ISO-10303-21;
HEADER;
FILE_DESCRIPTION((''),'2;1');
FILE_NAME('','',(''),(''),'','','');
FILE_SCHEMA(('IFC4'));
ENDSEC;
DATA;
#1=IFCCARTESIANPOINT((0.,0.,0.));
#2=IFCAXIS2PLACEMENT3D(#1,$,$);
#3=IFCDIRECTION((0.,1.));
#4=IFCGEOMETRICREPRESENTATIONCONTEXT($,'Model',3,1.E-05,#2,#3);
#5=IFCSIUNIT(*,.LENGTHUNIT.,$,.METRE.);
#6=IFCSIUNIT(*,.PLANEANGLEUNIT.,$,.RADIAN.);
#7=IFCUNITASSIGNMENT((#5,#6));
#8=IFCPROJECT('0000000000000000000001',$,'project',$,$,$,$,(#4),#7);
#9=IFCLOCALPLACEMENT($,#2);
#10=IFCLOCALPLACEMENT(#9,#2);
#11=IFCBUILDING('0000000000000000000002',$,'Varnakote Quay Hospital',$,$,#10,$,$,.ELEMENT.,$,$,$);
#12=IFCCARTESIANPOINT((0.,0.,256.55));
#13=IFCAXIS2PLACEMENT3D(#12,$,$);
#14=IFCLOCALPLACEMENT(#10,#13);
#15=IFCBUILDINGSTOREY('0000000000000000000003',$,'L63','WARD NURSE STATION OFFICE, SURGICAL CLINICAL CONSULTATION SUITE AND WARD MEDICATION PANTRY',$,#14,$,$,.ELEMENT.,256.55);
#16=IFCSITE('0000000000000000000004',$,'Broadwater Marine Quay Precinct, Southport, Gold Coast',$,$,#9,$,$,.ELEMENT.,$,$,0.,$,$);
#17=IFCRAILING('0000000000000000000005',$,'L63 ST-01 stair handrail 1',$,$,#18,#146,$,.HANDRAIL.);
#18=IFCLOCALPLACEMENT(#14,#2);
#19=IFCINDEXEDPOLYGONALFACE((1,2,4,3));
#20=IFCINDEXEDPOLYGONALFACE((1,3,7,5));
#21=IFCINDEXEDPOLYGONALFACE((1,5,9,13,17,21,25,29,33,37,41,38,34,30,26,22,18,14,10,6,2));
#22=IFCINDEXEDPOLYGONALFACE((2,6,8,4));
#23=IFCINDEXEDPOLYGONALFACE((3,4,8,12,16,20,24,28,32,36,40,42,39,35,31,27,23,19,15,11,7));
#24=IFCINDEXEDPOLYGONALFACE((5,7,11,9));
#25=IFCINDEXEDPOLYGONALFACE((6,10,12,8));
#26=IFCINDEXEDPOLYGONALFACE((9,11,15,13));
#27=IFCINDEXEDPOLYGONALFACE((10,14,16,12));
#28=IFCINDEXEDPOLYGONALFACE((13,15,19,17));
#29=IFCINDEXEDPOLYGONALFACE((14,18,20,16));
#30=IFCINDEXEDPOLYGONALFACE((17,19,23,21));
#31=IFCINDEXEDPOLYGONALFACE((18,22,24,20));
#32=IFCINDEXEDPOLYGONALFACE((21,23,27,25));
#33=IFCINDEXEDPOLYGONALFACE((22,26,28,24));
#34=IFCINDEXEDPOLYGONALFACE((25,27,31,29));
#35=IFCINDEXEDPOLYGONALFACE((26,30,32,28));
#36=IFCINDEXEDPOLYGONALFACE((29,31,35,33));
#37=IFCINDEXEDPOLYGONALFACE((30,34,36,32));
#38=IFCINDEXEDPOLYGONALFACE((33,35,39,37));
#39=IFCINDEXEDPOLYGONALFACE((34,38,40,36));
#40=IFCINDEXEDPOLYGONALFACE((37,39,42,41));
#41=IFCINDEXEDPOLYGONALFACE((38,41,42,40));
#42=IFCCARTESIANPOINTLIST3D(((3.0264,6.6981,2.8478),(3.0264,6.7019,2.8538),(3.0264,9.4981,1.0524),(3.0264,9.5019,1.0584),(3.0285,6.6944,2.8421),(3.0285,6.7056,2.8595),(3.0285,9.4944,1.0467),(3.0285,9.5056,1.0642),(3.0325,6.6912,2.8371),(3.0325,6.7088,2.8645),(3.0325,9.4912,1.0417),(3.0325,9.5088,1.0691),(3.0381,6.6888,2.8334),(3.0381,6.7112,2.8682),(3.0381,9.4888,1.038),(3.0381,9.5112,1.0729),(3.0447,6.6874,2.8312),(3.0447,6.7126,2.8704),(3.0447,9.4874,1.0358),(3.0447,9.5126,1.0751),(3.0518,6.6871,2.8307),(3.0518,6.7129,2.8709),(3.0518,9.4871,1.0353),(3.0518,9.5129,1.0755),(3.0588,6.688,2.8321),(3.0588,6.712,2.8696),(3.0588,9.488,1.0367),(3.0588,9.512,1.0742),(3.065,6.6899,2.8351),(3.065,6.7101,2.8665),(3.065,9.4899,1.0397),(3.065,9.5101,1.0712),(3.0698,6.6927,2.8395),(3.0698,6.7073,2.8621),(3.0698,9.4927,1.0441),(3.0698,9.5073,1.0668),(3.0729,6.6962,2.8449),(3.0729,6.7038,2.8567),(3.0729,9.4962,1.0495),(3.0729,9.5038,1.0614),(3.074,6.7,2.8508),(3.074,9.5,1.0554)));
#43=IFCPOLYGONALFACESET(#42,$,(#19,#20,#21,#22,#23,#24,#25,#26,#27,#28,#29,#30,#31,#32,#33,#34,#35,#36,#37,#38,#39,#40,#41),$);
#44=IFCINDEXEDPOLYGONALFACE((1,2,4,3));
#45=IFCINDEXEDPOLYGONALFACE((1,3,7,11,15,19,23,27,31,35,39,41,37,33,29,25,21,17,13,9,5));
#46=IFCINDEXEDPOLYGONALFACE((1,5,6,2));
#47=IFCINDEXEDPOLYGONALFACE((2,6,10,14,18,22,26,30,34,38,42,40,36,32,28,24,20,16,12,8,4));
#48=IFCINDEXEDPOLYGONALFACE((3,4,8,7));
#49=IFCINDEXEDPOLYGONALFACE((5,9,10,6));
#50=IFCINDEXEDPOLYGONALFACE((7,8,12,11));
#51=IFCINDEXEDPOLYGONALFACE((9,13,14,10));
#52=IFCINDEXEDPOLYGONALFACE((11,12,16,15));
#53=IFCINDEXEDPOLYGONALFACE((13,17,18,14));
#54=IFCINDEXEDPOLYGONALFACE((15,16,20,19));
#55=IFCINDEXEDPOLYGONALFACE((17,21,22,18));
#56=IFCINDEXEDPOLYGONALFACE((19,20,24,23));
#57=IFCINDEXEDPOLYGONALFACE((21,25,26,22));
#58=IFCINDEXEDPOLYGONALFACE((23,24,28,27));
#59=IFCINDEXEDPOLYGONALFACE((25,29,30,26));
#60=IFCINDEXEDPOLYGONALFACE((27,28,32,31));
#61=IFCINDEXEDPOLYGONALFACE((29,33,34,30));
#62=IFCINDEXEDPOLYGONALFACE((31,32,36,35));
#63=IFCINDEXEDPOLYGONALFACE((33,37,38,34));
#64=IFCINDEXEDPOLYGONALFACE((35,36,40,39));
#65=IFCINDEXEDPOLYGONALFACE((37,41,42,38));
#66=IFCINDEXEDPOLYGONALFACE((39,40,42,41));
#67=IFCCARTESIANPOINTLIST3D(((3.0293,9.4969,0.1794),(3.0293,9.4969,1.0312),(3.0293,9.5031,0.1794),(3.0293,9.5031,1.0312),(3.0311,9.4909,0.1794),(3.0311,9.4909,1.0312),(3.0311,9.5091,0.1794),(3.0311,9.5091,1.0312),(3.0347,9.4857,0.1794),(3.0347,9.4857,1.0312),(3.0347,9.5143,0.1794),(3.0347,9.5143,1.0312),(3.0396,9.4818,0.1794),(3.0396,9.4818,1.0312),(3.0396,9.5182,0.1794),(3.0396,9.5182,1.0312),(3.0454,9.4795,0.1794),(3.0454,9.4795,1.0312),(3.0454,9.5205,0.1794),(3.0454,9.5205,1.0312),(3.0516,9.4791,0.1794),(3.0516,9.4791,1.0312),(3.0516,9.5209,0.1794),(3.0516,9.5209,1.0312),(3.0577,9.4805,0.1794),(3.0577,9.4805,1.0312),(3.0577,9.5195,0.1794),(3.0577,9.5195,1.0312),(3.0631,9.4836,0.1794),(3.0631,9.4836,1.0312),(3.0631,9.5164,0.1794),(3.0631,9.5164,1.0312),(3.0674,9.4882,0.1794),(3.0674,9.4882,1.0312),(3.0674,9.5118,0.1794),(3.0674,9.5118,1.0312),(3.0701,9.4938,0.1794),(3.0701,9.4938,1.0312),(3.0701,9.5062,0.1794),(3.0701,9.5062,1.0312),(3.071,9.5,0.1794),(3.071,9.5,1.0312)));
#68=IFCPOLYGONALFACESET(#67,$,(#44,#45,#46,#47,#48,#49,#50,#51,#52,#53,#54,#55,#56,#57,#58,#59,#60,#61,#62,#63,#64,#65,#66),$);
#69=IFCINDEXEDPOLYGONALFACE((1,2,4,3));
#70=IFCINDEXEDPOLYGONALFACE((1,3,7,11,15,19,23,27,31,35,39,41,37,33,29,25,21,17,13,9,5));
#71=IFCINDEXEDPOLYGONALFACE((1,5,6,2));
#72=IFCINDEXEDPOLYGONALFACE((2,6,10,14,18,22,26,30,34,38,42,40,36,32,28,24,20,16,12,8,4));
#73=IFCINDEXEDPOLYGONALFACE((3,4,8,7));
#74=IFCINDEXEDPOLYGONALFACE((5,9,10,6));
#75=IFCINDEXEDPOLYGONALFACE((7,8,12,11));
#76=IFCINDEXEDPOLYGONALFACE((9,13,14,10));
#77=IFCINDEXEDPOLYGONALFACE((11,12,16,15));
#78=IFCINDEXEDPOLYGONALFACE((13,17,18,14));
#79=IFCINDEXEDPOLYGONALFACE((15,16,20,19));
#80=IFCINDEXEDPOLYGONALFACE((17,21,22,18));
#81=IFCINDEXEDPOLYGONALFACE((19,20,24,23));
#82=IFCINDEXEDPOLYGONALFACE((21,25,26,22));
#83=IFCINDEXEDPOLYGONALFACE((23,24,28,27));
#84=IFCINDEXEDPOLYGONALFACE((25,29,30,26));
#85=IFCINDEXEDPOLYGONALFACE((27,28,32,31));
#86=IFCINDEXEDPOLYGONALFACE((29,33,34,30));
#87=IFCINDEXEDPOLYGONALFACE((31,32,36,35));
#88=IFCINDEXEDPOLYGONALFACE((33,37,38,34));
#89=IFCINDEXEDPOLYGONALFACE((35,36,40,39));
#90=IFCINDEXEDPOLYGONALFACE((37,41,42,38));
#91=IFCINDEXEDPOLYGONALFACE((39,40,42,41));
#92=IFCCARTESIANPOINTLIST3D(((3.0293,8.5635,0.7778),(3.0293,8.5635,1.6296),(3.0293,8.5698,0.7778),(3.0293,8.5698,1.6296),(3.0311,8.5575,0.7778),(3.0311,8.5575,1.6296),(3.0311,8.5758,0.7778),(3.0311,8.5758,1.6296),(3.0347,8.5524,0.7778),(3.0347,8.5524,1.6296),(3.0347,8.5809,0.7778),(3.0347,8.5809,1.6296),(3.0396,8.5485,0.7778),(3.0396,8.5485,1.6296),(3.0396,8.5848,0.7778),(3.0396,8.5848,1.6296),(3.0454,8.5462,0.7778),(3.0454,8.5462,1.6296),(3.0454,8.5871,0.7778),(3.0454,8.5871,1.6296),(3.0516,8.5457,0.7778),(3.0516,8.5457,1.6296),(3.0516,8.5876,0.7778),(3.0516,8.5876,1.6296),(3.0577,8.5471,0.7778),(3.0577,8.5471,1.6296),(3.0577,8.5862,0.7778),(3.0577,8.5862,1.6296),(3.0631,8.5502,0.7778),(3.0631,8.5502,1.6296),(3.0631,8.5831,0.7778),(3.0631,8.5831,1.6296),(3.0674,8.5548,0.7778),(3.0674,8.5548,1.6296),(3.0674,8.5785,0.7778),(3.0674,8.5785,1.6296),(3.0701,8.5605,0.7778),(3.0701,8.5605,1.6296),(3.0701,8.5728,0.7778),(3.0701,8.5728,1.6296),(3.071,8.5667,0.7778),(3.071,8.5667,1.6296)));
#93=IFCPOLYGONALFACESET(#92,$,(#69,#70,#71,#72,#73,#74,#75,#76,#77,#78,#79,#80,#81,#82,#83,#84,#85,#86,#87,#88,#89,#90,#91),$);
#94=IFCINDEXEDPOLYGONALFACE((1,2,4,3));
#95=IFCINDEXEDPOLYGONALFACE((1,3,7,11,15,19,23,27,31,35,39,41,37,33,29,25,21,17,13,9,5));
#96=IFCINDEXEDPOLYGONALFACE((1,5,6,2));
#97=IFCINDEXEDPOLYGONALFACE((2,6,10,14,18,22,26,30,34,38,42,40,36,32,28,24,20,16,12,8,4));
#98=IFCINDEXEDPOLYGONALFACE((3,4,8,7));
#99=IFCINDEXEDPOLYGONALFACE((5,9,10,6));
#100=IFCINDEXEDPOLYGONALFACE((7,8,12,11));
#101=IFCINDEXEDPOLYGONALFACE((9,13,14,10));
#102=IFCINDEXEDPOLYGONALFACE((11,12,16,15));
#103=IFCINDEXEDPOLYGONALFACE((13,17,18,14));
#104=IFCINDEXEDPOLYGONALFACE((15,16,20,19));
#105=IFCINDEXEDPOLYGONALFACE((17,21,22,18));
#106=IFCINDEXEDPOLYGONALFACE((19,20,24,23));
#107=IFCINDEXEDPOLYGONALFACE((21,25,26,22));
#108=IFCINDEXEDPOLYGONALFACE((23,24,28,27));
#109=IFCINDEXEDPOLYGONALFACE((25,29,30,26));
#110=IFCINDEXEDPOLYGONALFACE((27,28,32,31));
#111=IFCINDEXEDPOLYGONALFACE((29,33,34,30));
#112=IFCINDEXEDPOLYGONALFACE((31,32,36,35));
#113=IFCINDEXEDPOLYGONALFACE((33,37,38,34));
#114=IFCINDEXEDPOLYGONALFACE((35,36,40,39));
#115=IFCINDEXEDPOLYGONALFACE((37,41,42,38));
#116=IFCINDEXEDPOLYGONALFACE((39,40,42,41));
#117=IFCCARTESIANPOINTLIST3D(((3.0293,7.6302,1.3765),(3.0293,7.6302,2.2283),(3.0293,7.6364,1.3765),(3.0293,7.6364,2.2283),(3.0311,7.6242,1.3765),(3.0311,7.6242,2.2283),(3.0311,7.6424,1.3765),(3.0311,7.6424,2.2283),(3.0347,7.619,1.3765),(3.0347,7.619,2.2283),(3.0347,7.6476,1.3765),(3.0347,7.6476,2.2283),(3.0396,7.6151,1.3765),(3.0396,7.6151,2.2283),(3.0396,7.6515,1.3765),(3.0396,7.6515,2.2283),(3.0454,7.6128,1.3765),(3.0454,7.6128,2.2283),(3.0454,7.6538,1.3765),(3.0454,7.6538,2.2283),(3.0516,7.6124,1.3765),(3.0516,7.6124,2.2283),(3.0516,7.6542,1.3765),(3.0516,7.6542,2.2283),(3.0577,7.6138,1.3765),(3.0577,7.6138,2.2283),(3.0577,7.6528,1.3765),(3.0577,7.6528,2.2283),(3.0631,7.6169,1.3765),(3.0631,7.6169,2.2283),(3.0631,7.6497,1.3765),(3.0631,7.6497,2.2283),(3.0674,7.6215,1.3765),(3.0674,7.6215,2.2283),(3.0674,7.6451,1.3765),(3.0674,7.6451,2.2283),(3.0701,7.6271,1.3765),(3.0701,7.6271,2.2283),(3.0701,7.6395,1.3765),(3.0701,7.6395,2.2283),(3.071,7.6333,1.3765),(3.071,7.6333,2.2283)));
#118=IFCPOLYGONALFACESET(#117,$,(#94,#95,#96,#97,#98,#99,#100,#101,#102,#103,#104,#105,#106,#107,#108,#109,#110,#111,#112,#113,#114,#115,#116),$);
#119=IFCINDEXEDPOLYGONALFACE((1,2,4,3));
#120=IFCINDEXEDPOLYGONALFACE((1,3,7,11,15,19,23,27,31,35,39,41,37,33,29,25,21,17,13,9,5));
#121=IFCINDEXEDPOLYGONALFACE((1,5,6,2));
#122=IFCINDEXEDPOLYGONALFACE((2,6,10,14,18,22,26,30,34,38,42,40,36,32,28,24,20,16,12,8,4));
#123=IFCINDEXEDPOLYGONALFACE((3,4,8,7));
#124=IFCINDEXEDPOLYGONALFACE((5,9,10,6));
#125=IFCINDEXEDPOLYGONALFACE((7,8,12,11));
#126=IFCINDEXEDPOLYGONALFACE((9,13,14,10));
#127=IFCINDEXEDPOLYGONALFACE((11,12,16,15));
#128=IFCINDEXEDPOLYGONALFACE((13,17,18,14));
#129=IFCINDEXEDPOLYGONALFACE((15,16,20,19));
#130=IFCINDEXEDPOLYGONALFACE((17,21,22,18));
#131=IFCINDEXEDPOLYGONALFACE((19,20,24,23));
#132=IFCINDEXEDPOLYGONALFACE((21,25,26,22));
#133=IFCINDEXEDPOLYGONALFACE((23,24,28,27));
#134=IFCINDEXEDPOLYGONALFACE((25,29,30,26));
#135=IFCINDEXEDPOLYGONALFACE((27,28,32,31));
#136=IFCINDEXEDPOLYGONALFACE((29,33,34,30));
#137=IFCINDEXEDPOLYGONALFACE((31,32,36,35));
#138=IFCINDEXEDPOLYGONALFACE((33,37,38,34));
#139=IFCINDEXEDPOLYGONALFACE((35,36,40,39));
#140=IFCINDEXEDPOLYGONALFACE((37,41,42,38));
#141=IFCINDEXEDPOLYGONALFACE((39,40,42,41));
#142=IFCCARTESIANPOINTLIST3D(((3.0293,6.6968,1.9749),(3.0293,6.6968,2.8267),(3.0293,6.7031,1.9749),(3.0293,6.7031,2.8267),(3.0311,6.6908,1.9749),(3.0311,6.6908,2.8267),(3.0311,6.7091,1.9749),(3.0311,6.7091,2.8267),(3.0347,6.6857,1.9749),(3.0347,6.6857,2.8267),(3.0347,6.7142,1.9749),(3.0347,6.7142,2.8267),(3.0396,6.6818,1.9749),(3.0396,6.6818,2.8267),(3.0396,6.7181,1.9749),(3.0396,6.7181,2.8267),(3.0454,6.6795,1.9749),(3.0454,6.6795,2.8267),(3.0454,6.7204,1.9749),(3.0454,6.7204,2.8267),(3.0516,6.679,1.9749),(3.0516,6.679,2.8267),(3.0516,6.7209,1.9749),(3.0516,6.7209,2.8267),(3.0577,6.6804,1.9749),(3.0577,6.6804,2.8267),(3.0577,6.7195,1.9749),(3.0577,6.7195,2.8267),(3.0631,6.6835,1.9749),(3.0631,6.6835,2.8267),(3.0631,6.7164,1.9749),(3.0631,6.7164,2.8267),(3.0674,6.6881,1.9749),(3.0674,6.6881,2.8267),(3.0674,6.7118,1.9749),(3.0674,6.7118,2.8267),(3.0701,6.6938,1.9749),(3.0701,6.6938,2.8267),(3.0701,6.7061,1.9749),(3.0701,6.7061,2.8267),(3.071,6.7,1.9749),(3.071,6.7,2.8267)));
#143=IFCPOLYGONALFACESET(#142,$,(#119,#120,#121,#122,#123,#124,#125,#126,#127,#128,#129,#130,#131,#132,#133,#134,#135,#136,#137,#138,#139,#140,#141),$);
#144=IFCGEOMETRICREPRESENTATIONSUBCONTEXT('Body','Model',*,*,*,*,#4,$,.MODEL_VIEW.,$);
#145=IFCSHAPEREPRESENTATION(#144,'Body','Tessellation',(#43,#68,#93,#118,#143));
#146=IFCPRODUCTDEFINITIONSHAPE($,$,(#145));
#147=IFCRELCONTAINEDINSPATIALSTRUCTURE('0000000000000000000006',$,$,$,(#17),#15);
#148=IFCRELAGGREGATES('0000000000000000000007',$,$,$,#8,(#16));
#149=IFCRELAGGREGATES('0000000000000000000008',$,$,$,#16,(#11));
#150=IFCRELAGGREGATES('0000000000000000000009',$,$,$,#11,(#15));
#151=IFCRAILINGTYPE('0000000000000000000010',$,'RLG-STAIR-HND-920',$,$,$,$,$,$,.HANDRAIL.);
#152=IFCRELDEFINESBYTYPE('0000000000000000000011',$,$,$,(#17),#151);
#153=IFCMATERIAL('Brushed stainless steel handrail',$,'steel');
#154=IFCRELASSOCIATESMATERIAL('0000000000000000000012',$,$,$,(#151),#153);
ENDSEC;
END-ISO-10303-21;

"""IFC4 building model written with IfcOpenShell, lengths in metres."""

from ifc_helpers import new_model, si_unit, direction, frame, origin, origin_2d, place, context, subcontext, project, spatial, circle, extrude, material, type_object, element, save


model = new_model("IFC4")

# Units and contexts
model_context = context("Model", 3, precision=1e-05, world=origin(), true_north=direction((0.0, 1.0)))
body_context = subcontext(model_context, "Body", "Model", "MODEL_VIEW")
ifc_project = project(units=[si_unit("LENGTHUNIT", "METRE"), si_unit("PLANEANGLEUNIT", "RADIAN")], contexts=[model_context])

# Site, building, storey
site_placement = place(None, origin())
site = spatial("IfcSite", under=ifc_project, at=site_placement, Name="Broadwater Marine Quay Precinct, Southport, Gold Coast", CompositionType="ELEMENT", RefElevation=0.0)
building_placement = place(site_placement, origin())
building = spatial("IfcBuilding", under=site, at=building_placement, Name="Varnakote Quay Hospital", CompositionType="ELEMENT")
storey_placement = place(building_placement, frame((0.0, 0.0, 256.55)))
storey = spatial("IfcBuildingStorey", under=building, at=storey_placement, Name="L63", Description="WARD NURSE STATION OFFICE, SURGICAL CLINICAL CONSULTATION SUITE AND WARD MEDICATION PANTRY", CompositionType="ELEMENT", Elevation=256.55)

# Railing
ifc_material_1 = material(Name="Brushed stainless steel handrail", Category="steel")
railing_type_1 = type_object("IfcRailingType", Name="RLG-STAIR-HND-920", PredefinedType="HANDRAIL", material=ifc_material_1)
railing_1_placement = place(storey_placement, frame((3.05, 9.5, 0.1794)))
element("IfcRailing", 1, at=railing_1_placement, inside=storey, type_object=railing_type_1, Name="L63 ST-01 stair handrail 1", PredefinedType="HANDRAIL", context=body_context, shape_type="SweptSolid", body=[
    extrude(circle(Radius=0.0239, at=origin_2d()), frame((0.0, 0.0, 0.876), z_axis=(0.0, -0.84181, 0.539774), x_axis=(1.0, 0.0, 0.0)), (0.0, 0.0, 1.0), 3.3262),
    extrude(circle(Radius=0.021, at=origin_2d()), origin(), (0.0, 0.0, 1.0), 0.8518),
    extrude(circle(Radius=0.021, at=origin_2d()), frame((0.0, -0.9333, 0.5984)), (0.0, 0.0, 1.0), 0.8518),
    extrude(circle(Radius=0.021, at=origin_2d()), frame((0.0, -1.8667, 1.197)), (0.0, 0.0, 1.0), 0.8518),
    extrude(circle(Radius=0.021, at=origin_2d()), frame((0.0, -2.8, 1.7954)), (0.0, 0.0, 1.0), 0.8518),
])

save(model, "model.ifc")
